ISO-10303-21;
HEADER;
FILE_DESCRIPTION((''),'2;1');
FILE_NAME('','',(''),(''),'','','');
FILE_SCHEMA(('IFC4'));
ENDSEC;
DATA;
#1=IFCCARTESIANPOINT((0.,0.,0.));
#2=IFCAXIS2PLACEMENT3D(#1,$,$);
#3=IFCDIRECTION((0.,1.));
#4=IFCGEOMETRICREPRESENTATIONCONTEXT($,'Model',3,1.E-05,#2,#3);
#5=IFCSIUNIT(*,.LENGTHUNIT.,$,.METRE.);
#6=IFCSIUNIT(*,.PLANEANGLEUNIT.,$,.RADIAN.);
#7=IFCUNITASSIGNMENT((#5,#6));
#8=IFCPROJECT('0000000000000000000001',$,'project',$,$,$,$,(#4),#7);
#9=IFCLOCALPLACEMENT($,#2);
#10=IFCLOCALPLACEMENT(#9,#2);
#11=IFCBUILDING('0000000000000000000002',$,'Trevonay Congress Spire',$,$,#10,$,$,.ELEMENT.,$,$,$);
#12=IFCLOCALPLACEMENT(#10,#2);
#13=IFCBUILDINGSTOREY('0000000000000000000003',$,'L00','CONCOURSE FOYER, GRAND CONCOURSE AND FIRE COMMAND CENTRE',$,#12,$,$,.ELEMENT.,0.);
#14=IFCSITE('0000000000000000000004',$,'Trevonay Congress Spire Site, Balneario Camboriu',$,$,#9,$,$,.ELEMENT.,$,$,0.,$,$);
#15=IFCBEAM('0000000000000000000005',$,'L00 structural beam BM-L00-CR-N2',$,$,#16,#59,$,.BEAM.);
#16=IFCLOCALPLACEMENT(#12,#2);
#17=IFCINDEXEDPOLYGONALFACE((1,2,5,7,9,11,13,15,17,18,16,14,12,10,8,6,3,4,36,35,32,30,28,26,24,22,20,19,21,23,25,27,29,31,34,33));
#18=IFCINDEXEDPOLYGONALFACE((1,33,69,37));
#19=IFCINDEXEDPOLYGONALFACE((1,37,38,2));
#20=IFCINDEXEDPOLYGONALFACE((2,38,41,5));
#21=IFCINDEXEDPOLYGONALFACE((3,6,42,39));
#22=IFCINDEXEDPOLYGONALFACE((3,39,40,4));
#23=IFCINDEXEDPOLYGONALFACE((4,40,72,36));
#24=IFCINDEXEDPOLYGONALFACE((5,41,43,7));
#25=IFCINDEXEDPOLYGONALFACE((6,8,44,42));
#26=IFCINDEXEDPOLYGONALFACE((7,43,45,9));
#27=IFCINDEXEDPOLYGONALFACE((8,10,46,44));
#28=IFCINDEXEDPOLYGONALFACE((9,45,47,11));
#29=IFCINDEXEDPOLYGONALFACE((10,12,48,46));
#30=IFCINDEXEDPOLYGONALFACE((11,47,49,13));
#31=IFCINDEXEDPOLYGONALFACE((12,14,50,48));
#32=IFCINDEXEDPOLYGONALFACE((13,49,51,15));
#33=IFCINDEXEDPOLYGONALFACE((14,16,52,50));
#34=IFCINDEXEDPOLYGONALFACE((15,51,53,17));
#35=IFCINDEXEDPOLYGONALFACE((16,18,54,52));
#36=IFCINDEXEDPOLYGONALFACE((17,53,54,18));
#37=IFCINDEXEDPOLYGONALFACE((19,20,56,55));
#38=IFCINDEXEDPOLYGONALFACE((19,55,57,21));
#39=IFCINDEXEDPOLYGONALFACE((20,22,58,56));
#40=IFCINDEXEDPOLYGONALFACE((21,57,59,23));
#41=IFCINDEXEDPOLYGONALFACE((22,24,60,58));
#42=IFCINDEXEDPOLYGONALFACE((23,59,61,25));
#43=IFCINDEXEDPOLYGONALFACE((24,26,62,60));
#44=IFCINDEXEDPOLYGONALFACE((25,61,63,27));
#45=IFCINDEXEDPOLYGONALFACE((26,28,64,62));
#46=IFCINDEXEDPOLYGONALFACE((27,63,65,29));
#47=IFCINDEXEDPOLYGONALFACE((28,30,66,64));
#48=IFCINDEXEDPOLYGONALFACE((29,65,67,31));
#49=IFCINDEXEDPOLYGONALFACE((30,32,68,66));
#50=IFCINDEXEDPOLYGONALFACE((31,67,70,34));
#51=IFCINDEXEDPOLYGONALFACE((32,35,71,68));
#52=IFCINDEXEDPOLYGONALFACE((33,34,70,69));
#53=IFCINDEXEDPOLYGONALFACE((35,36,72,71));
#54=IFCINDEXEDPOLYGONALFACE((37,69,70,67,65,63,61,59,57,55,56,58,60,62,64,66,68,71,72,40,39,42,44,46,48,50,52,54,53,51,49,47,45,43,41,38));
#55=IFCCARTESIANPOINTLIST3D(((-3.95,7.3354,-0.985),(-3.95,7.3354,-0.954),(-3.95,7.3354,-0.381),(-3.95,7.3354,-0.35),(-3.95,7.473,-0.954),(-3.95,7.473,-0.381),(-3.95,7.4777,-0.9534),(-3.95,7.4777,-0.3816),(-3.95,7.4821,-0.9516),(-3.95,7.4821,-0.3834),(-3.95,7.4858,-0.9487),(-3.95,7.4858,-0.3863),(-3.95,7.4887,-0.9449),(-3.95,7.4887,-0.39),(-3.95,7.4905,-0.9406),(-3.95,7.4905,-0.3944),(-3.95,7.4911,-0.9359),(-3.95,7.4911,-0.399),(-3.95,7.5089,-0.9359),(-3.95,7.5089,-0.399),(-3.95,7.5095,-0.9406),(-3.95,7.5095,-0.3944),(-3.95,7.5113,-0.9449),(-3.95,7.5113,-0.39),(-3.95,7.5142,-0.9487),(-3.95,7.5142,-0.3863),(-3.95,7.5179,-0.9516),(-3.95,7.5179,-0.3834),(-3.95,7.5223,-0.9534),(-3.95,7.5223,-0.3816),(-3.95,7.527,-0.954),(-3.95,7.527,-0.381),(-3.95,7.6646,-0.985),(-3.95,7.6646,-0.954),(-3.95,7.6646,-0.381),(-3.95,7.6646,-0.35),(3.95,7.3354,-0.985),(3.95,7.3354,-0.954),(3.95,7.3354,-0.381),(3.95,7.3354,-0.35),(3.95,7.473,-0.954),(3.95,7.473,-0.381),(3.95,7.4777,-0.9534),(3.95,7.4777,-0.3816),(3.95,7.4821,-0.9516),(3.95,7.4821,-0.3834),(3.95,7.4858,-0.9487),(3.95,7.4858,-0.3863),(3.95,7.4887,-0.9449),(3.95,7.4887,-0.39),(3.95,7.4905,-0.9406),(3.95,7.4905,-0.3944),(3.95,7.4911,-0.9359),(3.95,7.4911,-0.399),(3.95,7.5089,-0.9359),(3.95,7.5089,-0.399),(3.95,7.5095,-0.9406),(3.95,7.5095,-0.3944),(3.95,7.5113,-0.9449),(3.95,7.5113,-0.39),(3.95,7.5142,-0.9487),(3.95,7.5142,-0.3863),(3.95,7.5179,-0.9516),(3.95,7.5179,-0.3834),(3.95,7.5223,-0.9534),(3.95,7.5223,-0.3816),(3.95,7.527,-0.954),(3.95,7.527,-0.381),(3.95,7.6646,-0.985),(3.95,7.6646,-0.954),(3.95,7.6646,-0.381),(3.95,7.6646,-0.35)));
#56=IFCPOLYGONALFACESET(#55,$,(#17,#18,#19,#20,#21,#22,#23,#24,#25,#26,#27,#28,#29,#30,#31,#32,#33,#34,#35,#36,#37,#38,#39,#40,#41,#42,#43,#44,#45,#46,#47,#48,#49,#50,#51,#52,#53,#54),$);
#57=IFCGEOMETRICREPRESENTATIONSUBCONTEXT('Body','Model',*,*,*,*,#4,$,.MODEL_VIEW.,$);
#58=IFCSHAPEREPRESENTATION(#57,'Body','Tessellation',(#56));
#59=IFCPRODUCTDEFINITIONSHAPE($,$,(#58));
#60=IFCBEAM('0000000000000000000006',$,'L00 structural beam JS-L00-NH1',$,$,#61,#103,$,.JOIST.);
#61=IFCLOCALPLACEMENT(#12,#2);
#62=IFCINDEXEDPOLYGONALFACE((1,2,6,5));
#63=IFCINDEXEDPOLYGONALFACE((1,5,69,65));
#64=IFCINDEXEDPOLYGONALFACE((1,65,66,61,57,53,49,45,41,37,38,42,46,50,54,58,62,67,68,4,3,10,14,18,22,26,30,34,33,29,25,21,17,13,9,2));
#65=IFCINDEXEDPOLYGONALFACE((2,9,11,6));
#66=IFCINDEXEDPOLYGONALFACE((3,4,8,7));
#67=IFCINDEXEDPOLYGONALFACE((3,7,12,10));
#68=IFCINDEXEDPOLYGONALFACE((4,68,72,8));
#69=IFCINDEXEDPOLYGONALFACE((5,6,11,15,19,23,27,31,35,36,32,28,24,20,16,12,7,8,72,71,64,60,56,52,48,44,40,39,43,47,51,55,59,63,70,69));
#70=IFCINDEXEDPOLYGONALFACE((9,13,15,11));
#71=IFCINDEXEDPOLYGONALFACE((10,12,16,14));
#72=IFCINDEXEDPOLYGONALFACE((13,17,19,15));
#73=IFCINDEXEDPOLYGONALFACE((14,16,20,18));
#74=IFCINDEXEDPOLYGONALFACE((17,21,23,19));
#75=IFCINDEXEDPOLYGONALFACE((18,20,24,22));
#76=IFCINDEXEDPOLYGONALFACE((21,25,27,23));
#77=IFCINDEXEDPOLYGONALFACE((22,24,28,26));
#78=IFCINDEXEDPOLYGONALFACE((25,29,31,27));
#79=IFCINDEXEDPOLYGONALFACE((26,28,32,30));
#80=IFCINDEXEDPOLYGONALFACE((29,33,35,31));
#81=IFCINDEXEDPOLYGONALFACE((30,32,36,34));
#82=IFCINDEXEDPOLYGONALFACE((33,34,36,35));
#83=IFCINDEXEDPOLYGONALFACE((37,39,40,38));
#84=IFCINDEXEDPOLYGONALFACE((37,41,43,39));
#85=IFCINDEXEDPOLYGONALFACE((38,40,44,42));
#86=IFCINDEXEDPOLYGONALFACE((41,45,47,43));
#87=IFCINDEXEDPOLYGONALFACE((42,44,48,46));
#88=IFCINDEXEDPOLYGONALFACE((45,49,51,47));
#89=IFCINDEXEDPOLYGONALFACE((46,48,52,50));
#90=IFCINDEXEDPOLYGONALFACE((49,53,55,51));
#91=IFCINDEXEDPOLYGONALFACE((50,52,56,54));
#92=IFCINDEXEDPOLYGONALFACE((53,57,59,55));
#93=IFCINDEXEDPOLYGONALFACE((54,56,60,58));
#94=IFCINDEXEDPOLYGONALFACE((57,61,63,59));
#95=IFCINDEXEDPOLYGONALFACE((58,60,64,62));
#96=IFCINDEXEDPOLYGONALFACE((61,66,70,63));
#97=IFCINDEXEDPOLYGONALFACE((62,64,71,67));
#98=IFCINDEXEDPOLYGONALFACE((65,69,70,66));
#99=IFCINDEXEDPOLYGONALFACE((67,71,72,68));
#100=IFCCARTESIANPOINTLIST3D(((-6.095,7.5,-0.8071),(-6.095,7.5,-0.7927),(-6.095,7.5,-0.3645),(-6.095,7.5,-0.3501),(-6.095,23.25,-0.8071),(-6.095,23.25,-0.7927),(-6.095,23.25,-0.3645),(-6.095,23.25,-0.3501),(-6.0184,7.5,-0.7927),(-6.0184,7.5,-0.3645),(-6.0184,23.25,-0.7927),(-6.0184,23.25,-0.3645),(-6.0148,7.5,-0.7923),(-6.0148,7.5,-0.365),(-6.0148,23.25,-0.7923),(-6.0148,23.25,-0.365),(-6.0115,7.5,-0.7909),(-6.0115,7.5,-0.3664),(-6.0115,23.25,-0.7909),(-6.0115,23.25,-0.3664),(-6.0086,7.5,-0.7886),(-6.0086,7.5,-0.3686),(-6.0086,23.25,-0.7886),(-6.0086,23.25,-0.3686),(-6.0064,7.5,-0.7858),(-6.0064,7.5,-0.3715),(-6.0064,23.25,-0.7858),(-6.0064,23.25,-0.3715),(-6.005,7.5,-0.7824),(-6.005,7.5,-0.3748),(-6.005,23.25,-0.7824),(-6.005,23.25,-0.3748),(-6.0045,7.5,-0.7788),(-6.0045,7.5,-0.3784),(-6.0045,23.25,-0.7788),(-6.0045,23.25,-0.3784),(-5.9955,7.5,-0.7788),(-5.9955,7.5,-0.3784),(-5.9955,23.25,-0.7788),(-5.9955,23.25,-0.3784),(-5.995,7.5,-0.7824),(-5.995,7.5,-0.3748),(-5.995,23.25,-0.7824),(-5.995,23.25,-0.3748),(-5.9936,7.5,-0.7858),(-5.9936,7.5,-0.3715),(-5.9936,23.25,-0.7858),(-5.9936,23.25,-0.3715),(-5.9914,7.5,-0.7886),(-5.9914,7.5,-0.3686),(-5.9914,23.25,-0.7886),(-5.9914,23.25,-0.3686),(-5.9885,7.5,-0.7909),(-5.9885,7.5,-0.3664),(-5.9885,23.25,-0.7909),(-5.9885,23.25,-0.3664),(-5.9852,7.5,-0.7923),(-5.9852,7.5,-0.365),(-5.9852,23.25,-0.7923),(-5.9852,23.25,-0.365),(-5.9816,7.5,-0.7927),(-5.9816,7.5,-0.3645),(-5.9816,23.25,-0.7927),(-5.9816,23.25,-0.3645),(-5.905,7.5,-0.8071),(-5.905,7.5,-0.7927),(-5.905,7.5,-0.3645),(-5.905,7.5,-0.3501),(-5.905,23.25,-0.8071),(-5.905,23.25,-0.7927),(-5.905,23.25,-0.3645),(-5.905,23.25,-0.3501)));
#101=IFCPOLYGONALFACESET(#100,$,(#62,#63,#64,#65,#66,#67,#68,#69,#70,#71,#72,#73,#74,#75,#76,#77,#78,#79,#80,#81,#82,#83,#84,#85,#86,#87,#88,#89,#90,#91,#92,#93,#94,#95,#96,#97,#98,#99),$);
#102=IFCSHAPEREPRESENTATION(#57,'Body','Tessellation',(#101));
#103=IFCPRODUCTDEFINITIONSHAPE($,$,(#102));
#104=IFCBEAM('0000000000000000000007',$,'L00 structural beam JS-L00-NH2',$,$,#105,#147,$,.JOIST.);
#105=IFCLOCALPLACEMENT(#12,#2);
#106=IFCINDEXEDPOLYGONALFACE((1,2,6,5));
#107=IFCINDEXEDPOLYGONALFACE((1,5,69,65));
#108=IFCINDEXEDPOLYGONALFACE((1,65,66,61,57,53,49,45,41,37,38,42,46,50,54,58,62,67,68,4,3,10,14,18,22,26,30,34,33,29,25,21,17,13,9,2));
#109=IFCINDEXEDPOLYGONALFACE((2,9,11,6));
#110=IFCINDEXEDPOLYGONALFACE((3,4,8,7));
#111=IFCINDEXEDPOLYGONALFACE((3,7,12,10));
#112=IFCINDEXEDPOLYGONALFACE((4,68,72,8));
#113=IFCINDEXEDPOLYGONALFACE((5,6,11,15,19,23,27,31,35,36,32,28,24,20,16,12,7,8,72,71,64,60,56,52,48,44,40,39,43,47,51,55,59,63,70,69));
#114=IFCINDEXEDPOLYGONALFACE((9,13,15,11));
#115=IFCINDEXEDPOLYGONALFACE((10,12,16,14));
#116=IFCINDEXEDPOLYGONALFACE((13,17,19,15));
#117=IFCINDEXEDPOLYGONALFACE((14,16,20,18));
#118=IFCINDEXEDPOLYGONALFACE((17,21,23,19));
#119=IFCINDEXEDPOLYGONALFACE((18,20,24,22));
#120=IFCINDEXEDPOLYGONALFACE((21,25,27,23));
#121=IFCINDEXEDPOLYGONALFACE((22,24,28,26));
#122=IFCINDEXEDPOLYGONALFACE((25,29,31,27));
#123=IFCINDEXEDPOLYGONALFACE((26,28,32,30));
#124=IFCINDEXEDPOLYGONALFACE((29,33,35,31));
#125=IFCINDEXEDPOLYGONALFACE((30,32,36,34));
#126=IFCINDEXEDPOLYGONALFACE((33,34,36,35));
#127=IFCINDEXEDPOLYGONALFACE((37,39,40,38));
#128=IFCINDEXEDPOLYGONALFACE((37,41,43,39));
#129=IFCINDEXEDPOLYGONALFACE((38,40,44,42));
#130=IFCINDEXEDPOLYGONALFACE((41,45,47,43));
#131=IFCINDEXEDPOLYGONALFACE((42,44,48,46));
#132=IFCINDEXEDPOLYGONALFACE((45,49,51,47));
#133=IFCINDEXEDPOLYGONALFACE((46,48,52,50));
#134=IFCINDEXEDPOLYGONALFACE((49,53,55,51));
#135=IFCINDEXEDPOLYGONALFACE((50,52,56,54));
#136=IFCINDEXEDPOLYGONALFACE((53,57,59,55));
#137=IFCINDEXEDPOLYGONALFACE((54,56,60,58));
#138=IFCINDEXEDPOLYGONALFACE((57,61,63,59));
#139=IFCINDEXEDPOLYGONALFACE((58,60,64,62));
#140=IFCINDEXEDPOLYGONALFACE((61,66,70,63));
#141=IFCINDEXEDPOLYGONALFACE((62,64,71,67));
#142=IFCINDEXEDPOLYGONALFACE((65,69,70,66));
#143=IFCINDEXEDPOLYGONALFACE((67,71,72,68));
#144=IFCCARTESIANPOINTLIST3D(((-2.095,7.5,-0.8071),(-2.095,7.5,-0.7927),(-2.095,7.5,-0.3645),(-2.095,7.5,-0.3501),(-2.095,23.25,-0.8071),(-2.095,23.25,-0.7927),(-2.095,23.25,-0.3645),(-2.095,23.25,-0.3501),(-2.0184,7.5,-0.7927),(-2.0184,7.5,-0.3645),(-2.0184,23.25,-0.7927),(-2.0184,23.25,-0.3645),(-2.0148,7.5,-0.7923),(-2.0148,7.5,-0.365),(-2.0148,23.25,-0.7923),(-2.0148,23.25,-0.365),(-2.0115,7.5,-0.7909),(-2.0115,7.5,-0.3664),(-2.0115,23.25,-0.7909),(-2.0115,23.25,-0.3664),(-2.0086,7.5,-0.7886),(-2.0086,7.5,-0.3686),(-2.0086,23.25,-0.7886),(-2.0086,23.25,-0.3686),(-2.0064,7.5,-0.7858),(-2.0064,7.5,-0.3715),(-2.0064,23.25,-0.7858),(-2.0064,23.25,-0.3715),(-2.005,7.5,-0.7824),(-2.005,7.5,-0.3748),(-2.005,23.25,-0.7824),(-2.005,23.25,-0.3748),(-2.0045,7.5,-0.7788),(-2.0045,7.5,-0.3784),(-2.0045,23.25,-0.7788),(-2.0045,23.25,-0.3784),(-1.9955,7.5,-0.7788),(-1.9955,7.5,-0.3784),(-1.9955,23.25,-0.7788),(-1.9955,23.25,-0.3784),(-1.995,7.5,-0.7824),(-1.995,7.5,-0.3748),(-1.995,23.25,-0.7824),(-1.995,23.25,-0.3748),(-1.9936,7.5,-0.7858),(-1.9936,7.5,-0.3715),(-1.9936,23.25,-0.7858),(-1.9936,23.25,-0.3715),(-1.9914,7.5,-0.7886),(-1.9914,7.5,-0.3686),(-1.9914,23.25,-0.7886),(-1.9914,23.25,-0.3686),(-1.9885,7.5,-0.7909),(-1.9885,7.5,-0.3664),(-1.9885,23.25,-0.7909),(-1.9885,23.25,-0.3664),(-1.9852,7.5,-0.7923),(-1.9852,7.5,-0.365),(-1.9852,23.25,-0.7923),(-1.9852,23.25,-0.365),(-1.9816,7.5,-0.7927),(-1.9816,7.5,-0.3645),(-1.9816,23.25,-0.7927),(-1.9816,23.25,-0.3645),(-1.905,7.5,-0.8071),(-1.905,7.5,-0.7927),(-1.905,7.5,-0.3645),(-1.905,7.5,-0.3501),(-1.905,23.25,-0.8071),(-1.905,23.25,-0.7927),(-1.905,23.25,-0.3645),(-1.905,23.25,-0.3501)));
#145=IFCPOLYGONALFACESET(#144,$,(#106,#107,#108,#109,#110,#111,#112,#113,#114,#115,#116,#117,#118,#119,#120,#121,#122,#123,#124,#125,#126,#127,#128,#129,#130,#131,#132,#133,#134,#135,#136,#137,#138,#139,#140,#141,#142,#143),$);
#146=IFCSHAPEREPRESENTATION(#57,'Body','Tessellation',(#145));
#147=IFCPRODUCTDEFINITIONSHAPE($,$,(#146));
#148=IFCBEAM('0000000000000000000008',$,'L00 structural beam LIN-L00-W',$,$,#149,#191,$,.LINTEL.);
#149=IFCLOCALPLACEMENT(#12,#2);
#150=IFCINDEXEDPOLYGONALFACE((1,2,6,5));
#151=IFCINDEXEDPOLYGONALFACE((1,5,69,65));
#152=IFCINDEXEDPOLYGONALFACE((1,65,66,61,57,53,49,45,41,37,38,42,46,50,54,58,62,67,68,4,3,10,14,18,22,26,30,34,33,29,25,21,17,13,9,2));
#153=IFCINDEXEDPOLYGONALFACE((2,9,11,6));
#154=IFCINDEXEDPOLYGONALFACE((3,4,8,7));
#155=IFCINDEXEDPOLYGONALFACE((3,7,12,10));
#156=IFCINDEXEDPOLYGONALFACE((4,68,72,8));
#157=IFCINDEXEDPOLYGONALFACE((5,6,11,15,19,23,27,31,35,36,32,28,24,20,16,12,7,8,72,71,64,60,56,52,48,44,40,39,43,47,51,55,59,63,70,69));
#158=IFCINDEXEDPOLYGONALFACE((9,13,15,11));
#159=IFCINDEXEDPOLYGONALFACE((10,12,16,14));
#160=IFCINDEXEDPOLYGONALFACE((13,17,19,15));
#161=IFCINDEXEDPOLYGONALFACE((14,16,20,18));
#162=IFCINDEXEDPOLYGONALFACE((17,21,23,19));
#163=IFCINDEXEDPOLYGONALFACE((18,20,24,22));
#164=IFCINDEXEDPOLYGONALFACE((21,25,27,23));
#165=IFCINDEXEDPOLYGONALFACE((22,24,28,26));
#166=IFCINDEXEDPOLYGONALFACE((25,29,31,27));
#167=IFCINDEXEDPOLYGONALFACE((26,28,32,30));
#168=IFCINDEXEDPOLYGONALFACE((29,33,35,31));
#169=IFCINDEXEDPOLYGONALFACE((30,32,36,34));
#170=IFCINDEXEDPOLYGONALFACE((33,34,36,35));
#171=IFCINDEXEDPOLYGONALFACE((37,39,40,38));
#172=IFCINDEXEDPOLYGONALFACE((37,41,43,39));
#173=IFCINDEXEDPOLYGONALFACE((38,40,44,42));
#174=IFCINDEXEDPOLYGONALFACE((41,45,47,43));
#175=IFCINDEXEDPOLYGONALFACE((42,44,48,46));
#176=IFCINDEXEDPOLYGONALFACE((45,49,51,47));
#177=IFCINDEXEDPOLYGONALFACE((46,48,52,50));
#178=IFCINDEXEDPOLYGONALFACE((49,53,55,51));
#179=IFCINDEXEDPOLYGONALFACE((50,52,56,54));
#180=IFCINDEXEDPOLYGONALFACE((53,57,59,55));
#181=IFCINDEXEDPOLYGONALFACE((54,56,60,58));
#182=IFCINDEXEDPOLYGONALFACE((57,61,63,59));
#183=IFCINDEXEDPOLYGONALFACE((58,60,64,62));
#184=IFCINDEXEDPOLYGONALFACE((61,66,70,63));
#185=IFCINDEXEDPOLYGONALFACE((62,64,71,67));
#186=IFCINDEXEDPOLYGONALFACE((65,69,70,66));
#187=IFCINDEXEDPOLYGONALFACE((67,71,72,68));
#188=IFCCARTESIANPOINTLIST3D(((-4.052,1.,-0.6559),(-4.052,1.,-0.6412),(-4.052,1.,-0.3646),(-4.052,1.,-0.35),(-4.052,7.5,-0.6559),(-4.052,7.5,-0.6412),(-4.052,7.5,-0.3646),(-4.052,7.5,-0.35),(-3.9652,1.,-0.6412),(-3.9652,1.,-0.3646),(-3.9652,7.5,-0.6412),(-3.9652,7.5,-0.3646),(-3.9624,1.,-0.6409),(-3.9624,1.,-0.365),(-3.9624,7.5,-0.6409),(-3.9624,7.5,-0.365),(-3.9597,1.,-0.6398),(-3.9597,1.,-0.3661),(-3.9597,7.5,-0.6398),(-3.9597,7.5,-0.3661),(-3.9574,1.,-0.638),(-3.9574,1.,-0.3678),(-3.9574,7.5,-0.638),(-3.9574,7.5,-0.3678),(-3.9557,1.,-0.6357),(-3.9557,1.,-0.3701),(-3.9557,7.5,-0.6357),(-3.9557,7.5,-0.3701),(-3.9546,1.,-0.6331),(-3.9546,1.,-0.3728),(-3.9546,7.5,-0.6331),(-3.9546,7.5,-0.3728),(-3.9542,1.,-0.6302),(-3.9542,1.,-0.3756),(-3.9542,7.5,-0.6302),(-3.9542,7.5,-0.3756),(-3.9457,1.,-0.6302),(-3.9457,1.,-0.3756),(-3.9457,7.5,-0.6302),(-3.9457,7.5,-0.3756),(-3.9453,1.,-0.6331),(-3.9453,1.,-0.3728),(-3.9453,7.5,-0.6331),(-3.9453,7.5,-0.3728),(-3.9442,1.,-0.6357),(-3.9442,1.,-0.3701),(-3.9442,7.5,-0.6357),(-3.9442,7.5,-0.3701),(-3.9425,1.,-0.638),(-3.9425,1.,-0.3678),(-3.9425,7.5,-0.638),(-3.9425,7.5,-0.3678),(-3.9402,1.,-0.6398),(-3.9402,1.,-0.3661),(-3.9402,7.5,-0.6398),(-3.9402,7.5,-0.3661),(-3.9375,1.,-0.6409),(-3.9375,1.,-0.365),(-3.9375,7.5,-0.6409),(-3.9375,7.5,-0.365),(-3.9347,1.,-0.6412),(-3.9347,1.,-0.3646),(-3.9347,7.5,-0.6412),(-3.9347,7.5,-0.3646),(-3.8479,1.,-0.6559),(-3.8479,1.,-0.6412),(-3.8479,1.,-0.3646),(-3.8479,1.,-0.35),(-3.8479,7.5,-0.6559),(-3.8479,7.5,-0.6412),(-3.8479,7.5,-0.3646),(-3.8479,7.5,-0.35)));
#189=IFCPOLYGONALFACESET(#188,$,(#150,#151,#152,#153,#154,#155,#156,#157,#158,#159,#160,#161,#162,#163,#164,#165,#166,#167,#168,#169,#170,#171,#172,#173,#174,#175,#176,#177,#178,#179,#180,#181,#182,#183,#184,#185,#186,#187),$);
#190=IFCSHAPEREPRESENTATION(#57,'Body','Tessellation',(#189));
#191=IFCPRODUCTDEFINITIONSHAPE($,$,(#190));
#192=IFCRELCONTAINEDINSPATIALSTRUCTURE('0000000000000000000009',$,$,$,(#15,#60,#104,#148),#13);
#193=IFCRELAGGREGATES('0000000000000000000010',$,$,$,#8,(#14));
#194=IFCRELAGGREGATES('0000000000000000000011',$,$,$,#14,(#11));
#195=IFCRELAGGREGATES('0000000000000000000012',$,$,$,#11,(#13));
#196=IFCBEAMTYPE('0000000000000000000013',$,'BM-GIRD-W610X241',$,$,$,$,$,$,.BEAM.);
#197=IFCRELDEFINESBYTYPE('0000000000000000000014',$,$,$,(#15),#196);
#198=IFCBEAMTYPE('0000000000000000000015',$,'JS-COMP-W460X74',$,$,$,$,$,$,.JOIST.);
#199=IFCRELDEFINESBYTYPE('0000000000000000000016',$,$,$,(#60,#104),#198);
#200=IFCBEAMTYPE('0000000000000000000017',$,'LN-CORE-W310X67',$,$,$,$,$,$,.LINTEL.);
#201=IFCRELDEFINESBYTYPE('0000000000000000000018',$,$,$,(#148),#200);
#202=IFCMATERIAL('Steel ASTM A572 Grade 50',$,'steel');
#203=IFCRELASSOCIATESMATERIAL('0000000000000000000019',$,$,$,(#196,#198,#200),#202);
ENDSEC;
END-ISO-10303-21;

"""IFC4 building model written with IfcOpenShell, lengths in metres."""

from ifc_helpers import new_model, si_unit, direction, frame, origin, origin_2d, place, context, subcontext, project, spatial, i_section, extrude, material, material_profile, profile_set, type_object, element, save


model = new_model("IFC4")

# Units and contexts
model_context = context("Model", 3, precision=1e-05, world=origin(), true_north=direction((0.0, 1.0)))
body_context = subcontext(model_context, "Body", "Model", "MODEL_VIEW")
ifc_project = project(units=[si_unit("LENGTHUNIT", "METRE"), si_unit("PLANEANGLEUNIT", "RADIAN")], contexts=[model_context])

# Site, building, storey
site_placement = place(None, origin())
site = spatial("IfcSite", under=ifc_project, at=site_placement, Name="Trevonay Congress Spire Site, Balneario Camboriu", CompositionType="ELEMENT", RefElevation=0.0)
building_placement = place(site_placement, origin())
building = spatial("IfcBuilding", under=site, at=building_placement, Name="Trevonay Congress Spire", CompositionType="ELEMENT")
storey_placement = place(building_placement, origin())
storey = spatial("IfcBuildingStorey", under=building, at=storey_placement, Name="L00", Description="CONCOURSE FOYER, GRAND CONCOURSE AND FIRE COMMAND CENTRE", CompositionType="ELEMENT", Elevation=0.0)

# Shared definitions
ifc_material_1 = material(Name="Steel ASTM A572 Grade 50", Category="steel")

# Beams
ifc_material_profile_1 = material_profile(ifc_material_1, i_section(OverallWidth=0.3291, OverallDepth=0.635, WebThickness=0.0178, FlangeThickness=0.031, FilletRadius=0.0181, at=origin_2d()), Name="W610x241")
ifc_profile_set_1 = profile_set([ifc_material_profile_1], Name="Steel ASTM A572 Grade 50")
beam_type_1 = type_object("IfcBeamType", Name="BM-GIRD-W610X241", PredefinedType="BEAM", material=ifc_profile_set_1)
beam_1_placement = place(storey_placement, frame((-3.95, 7.5, -0.6675), z_axis=(1.0, 0.0, 0.0), x_axis=(0.0, 1.0, 0.0)))
element("IfcBeam", 1, at=beam_1_placement, inside=storey, type_object=beam_type_1, Name="L00 structural beam BM-L00-CR-N2", PredefinedType="BEAM", context=body_context, shape_type="SweptSolid", body=[
    extrude(i_section(OverallWidth=0.3291, OverallDepth=0.635, WebThickness=0.0178, FlangeThickness=0.031, FilletRadius=0.0181, at=origin_2d()), origin(), (0.0, 0.0, 1.0), 7.8999),
])
ifc_material_profile_2 = material_profile(ifc_material_1, i_section(OverallWidth=0.1899, OverallDepth=0.457, WebThickness=0.009, FlangeThickness=0.0144, FilletRadius=0.0139, at=origin_2d()), Name="W460x74")
ifc_profile_set_2 = profile_set([ifc_material_profile_2], Name="Steel ASTM A572 Grade 50")
beam_type_2 = type_object("IfcBeamType", Name="JS-COMP-W460X74", PredefinedType="JOIST", material=ifc_profile_set_2)
for number, where, z_axis, x_axis, name in (
    (2, (-6.0, 7.5, -0.5786), (0.0, 1.0, 0.0), (-1.0, 0.0, 0.0), "L00 structural beam JS-L00-NH1"),
    (3, (-2.0, 7.5, -0.5786), (0.0, 1.0, 0.0), (-1.0, 0.0, 0.0), "L00 structural beam JS-L00-NH2"),
):
    element("IfcBeam", number, at=place(storey_placement, frame(where, z_axis=z_axis, x_axis=x_axis)), inside=storey, type_object=beam_type_2, Name=name, PredefinedType="JOIST", context=body_context, shape_type="SweptSolid", body=[
        extrude(i_section(OverallWidth=0.1899, OverallDepth=0.457, WebThickness=0.009, FlangeThickness=0.0144, FilletRadius=0.0139, at=origin_2d()), origin(), (0.0, 0.0, 1.0), 15.75),
    ])
ifc_material_profile_3 = material_profile(ifc_material_1, i_section(OverallWidth=0.2041, OverallDepth=0.3059, WebThickness=0.0085, FlangeThickness=0.0146, FilletRadius=0.011, at=origin_2d()), Name="W310x67")
ifc_profile_set_3 = profile_set([ifc_material_profile_3], Name="Steel ASTM A572 Grade 50")
beam_type_3 = type_object("IfcBeamType", Name="LN-CORE-W310X67", PredefinedType="LINTEL", material=ifc_profile_set_3)
beam_2_placement = place(storey_placement, frame((-3.95, 1.0, -0.5029), z_axis=(0.0, 1.0, 0.0), x_axis=(-1.0, 0.0, 0.0)))
element("IfcBeam", 4, at=beam_2_placement, inside=storey, type_object=beam_type_3, Name="L00 structural beam LIN-L00-W", PredefinedType="LINTEL", context=body_context, shape_type="SweptSolid", body=[
    extrude(i_section(OverallWidth=0.2041, OverallDepth=0.3059, WebThickness=0.0085, FlangeThickness=0.0146, FilletRadius=0.011, at=origin_2d()), origin(), (0.0, 0.0, 1.0), 6.5),
])

save(model, "model.ifc")
